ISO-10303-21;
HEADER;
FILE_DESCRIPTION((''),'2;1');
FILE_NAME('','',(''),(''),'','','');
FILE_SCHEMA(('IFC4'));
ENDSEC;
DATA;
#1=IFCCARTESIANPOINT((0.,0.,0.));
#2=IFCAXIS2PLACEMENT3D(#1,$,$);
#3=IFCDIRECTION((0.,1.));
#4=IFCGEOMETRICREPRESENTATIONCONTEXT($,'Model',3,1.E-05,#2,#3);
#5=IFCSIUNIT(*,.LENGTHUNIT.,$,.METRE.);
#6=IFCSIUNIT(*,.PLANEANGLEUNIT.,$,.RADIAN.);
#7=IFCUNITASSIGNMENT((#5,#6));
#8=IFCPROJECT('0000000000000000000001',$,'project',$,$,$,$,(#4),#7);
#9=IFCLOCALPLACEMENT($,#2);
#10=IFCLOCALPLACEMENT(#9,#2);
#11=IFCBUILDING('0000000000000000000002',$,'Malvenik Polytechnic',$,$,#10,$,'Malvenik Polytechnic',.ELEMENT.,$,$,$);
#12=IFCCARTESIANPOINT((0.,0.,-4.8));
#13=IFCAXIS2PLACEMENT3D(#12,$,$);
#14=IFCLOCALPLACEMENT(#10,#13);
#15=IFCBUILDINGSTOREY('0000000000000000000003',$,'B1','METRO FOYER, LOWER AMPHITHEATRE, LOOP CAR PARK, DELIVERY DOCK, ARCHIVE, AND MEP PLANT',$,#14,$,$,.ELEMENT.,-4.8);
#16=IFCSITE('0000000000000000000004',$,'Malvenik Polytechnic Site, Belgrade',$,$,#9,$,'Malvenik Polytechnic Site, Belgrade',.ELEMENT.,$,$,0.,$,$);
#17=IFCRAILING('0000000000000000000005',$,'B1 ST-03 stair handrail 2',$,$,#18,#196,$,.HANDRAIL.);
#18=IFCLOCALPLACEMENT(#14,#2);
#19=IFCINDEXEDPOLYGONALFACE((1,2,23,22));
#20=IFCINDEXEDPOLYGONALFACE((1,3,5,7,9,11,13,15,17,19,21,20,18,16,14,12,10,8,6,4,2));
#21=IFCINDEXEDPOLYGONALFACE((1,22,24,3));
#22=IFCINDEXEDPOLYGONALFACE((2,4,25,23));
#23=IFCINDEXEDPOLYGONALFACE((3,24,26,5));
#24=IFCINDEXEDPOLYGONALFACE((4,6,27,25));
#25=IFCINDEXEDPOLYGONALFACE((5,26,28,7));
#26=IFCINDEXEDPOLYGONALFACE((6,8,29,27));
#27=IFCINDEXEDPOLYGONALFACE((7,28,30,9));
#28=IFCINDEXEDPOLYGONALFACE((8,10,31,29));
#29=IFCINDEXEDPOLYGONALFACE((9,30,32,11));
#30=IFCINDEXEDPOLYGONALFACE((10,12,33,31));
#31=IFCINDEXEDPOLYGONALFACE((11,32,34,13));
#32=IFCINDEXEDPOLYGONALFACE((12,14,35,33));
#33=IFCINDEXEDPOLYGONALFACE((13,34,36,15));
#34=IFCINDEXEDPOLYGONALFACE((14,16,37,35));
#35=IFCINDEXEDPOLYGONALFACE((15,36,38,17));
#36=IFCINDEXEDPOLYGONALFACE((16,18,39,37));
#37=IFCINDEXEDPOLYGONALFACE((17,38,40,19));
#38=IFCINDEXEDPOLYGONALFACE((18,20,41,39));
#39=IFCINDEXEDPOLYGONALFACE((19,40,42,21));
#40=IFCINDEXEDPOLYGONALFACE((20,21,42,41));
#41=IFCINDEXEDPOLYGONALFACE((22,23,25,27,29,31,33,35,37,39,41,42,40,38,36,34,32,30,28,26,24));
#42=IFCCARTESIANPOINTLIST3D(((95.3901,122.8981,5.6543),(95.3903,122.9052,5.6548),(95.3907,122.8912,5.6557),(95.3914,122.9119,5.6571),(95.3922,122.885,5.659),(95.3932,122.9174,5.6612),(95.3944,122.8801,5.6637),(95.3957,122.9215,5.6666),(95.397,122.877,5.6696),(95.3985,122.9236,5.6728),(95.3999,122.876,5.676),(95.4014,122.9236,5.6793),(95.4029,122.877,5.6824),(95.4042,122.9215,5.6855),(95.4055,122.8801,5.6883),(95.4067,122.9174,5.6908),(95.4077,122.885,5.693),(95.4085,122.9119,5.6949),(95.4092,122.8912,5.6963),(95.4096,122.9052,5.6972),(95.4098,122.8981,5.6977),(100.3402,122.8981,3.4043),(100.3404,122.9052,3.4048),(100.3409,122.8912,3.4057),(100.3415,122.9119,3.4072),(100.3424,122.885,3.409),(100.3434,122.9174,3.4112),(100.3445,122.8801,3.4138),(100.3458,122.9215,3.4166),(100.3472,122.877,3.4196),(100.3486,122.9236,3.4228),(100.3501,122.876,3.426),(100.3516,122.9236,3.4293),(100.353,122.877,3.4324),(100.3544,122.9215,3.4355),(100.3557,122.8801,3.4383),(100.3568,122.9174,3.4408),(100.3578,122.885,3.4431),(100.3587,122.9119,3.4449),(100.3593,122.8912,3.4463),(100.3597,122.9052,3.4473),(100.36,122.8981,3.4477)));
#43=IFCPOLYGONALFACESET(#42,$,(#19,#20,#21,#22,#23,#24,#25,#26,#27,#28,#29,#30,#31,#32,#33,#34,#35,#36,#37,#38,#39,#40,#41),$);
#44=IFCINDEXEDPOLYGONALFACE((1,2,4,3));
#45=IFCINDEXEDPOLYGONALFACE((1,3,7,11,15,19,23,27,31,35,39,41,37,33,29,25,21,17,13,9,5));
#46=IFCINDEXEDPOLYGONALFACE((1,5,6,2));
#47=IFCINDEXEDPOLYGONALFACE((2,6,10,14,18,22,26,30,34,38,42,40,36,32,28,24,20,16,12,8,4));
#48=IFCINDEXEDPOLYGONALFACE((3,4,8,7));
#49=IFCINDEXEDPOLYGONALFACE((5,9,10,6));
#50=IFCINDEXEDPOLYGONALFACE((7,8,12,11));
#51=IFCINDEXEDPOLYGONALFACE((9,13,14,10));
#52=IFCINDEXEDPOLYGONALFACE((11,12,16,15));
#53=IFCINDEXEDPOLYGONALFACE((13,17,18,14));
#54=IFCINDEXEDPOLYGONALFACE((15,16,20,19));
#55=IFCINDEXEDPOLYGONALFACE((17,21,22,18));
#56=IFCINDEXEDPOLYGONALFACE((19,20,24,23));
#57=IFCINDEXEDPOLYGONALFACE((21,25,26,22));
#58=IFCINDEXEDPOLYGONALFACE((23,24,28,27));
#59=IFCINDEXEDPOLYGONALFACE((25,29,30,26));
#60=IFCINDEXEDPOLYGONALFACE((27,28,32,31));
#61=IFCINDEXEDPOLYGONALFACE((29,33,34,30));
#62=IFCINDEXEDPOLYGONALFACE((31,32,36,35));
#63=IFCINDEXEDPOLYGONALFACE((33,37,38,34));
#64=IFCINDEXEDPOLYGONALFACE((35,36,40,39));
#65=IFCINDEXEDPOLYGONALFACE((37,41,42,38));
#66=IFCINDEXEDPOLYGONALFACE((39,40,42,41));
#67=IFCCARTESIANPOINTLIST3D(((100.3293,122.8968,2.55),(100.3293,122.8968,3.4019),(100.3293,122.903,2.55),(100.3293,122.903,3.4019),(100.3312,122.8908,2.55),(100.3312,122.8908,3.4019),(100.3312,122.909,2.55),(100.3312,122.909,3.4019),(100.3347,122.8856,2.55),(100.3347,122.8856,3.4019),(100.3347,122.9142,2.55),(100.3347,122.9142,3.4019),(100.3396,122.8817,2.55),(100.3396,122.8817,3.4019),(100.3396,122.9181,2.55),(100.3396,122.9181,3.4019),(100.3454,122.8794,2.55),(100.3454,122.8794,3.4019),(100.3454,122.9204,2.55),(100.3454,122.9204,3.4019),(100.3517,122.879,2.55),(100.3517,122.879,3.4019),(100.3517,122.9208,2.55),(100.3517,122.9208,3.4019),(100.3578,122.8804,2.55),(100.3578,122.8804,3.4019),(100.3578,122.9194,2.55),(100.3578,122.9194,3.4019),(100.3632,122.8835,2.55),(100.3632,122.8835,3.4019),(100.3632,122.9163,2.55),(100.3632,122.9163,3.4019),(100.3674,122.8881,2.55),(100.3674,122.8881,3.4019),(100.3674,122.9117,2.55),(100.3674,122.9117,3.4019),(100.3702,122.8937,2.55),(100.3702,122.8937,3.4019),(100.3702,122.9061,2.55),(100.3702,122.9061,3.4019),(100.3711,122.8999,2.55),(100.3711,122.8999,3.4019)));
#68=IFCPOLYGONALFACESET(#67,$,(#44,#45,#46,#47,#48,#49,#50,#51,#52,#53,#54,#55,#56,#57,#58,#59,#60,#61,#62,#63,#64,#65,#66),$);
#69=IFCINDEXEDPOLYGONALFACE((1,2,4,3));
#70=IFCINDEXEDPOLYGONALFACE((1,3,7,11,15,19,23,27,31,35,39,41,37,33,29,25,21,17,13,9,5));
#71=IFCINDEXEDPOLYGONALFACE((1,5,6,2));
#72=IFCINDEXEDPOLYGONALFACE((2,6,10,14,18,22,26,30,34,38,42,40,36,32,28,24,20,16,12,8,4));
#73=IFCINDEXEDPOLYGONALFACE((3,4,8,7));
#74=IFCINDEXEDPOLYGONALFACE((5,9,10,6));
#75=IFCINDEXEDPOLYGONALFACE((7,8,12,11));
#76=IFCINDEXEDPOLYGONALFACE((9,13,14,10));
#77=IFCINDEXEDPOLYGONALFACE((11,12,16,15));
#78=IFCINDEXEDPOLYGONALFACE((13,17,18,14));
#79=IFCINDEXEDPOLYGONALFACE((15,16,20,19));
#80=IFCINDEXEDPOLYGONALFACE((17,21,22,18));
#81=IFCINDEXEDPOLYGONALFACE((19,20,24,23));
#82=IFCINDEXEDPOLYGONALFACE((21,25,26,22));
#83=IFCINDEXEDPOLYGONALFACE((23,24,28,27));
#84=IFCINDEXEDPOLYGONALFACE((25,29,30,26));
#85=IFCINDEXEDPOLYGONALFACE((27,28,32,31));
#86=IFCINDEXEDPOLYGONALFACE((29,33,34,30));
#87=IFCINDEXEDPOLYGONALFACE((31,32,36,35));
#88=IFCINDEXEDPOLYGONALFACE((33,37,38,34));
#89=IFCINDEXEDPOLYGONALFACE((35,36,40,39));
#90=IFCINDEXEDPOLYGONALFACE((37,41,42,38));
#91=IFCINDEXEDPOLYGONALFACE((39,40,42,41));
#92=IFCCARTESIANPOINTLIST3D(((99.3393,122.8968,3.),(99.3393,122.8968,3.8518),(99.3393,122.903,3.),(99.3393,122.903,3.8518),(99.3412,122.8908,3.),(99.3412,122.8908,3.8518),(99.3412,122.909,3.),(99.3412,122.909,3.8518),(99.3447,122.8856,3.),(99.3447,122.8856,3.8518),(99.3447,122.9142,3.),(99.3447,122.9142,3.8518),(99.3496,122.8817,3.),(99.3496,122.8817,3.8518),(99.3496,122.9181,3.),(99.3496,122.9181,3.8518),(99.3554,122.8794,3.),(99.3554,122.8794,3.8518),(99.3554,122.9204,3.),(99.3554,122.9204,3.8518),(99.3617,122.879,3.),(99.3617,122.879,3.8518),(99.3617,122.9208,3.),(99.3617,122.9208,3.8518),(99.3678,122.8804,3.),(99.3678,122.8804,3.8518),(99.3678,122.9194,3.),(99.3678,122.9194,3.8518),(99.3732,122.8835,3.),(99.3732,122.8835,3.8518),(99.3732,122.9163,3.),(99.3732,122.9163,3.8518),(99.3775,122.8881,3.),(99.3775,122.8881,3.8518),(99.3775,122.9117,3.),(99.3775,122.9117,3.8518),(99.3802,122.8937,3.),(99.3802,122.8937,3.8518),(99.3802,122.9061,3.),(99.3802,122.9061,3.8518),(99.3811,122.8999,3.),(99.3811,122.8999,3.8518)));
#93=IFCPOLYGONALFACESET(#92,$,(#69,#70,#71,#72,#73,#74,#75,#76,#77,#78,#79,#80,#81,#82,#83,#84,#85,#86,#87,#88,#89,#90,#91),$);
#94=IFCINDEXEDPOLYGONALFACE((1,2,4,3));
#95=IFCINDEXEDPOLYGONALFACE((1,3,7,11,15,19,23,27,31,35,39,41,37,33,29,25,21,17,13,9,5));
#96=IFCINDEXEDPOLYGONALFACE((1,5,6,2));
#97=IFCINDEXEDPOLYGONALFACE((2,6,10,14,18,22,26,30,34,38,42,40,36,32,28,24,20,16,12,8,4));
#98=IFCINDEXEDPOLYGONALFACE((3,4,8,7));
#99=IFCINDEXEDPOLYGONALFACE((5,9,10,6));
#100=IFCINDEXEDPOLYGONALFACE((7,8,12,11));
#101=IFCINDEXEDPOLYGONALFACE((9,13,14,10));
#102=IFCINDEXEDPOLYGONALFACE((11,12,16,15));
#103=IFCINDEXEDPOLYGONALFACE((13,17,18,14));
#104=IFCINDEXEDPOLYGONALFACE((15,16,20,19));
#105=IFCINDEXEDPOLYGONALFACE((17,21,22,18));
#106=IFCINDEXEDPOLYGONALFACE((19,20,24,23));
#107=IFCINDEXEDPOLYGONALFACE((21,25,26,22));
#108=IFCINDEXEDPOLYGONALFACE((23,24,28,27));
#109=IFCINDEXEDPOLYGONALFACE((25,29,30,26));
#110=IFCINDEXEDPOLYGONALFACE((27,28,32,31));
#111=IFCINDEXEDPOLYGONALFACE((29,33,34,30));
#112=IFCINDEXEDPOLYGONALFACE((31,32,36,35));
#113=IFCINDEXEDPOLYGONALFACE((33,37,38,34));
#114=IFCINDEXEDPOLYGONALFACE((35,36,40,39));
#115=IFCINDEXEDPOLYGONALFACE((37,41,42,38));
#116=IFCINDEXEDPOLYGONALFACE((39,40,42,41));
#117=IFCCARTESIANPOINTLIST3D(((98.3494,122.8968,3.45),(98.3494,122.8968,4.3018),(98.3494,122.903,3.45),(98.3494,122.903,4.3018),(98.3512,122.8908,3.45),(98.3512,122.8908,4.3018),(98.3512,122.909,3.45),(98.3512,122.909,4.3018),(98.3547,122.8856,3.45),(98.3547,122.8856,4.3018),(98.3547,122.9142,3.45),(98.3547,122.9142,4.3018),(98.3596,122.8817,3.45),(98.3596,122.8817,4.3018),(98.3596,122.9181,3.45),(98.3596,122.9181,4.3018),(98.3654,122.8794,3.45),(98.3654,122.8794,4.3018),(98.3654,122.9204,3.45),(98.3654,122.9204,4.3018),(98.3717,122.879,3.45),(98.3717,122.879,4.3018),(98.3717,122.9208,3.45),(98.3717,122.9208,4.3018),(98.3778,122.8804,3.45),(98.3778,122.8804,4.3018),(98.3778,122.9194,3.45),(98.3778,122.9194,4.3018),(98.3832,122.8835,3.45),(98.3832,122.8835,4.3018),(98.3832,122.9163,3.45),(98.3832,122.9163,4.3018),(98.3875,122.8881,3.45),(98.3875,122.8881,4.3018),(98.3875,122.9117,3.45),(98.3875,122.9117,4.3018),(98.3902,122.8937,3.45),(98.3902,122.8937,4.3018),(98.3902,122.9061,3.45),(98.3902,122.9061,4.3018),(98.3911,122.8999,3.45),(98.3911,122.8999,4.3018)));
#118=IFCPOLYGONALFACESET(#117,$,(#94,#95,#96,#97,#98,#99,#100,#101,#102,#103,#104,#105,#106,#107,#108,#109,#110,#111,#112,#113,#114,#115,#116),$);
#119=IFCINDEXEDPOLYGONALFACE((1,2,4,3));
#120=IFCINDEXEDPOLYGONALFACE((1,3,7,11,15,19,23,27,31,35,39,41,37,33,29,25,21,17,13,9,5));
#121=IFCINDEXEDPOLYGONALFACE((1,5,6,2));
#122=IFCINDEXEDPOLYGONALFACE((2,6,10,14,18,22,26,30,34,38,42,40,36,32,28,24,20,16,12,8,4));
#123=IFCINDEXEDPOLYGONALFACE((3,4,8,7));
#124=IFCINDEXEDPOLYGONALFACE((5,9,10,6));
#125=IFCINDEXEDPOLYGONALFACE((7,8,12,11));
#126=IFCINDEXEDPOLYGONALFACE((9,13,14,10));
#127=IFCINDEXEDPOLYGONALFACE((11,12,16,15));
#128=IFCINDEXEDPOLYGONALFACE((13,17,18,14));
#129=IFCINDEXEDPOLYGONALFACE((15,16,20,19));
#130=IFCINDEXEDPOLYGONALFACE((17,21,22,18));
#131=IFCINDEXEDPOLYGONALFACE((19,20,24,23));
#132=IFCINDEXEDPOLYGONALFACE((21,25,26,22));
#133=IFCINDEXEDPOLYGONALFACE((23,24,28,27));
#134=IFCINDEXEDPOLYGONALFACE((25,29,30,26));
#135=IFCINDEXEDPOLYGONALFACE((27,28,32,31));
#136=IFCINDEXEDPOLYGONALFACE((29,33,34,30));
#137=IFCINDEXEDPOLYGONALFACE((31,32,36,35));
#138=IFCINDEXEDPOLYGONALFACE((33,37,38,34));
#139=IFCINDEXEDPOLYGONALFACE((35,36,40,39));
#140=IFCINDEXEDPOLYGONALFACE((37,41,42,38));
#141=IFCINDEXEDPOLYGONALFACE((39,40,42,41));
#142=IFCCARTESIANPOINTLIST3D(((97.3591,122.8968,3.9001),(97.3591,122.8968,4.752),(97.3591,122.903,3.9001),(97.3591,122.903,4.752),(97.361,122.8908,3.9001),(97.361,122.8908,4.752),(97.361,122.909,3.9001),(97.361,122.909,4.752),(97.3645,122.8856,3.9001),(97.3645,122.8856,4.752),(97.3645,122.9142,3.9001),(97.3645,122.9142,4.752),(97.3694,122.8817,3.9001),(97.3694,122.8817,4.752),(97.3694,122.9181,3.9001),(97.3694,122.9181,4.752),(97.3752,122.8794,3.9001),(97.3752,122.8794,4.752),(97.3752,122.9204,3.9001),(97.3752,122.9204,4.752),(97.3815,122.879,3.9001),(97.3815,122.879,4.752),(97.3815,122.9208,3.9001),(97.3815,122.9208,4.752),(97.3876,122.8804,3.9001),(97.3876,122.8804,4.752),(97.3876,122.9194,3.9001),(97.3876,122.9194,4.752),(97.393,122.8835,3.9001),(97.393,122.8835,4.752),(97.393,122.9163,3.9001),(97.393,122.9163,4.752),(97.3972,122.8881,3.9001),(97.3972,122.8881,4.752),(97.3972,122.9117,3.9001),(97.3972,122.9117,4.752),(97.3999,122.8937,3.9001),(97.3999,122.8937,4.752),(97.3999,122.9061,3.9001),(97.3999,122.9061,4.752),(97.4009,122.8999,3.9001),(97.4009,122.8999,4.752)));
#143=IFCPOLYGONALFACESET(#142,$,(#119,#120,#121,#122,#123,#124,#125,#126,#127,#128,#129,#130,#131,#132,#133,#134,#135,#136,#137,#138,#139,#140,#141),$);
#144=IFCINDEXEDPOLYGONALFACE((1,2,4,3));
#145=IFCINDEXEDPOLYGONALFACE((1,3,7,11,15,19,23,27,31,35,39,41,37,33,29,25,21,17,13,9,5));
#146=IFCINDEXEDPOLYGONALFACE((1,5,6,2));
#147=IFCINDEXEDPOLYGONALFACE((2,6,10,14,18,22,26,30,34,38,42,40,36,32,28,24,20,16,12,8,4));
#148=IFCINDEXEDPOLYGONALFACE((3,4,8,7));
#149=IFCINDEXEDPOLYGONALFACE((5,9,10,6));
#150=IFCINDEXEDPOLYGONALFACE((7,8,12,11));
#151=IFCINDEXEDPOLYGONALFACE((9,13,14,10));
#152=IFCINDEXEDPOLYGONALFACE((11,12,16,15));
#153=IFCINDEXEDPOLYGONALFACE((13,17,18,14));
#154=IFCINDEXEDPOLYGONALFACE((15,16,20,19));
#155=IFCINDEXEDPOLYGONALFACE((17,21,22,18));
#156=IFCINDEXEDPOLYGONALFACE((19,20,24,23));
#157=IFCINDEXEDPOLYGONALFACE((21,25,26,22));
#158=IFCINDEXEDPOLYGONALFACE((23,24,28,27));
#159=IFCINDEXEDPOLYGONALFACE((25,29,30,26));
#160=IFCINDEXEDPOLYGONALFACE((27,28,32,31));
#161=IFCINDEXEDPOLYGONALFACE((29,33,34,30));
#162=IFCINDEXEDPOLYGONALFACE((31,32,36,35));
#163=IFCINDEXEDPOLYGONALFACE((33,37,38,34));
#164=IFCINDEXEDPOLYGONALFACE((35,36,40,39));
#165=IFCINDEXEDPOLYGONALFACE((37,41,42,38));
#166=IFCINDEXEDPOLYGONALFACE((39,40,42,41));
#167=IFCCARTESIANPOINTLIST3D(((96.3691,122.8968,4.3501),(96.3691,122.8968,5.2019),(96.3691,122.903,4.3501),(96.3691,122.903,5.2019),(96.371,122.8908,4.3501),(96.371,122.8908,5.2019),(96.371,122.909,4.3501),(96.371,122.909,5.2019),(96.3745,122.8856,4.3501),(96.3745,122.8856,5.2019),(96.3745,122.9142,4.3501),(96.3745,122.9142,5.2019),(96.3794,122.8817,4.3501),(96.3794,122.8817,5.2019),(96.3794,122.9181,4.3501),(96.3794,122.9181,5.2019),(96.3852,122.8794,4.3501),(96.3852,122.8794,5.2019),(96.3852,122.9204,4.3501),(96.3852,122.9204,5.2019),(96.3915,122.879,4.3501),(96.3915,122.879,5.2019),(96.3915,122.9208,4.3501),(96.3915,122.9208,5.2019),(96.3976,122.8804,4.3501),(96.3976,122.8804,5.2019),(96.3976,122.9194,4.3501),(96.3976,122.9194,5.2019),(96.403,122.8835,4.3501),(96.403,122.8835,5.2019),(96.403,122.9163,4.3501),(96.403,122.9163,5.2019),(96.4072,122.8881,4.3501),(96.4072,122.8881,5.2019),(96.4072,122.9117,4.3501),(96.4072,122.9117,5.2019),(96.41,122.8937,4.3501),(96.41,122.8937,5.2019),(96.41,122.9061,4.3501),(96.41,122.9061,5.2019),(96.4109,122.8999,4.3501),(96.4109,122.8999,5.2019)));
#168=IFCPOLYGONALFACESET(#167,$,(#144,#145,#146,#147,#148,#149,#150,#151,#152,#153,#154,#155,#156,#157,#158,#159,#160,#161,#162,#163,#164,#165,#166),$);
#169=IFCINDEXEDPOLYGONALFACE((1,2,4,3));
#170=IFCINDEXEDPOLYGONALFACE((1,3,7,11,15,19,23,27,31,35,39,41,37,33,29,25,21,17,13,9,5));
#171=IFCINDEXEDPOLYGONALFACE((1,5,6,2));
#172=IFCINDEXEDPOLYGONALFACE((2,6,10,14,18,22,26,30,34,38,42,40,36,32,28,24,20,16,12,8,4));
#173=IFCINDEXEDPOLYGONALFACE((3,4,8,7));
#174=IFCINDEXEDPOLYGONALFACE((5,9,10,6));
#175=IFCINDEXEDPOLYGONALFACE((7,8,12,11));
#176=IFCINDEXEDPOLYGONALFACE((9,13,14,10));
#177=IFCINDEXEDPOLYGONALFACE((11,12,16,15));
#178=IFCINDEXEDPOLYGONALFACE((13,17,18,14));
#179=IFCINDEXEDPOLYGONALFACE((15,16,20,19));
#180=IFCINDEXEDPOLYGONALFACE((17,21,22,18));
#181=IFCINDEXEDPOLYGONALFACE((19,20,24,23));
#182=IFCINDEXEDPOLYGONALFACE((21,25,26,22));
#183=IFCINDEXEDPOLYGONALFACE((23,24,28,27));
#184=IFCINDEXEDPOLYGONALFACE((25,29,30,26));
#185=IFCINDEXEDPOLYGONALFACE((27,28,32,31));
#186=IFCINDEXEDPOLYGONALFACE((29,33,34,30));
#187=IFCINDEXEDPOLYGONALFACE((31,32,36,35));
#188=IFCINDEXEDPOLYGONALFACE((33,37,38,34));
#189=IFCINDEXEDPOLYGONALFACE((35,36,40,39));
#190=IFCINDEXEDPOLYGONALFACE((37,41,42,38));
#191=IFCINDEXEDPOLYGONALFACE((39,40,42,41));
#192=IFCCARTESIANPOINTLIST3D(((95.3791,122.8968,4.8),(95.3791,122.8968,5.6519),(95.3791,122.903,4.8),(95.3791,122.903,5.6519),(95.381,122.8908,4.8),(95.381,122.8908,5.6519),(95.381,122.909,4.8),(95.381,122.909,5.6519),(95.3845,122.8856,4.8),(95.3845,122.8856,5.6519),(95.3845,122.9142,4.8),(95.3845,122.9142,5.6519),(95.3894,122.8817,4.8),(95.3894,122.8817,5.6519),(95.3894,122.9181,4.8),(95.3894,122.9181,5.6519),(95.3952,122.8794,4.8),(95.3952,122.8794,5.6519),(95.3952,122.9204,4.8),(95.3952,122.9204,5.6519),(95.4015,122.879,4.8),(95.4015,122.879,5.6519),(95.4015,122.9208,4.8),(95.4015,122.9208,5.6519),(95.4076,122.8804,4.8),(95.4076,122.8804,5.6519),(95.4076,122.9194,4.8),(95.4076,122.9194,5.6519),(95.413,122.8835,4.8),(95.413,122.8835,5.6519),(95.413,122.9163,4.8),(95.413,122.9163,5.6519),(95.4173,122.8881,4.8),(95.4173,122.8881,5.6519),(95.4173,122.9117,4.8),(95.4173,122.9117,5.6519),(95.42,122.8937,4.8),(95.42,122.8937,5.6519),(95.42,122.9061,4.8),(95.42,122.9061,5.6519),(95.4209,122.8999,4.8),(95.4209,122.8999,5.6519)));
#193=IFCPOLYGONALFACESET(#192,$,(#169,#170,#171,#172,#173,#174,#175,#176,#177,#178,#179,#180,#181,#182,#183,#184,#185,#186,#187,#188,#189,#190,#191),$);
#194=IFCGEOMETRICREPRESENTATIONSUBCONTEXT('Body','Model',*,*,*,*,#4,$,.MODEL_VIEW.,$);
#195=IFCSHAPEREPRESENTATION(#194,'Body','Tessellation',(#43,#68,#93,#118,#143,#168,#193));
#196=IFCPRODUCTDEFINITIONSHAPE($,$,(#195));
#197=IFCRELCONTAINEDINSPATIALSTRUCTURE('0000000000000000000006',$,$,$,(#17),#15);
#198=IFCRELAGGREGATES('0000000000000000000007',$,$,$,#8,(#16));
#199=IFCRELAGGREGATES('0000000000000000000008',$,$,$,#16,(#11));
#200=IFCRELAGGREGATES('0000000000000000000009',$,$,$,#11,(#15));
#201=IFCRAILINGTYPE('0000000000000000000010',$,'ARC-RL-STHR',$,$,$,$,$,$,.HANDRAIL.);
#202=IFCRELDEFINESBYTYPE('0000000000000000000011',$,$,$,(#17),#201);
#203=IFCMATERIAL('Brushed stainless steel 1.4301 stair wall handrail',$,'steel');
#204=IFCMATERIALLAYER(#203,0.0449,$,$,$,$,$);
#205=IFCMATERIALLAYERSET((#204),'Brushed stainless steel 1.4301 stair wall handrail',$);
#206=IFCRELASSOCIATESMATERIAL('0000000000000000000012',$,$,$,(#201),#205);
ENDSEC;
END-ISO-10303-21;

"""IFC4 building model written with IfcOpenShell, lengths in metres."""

from ifc_helpers import new_model, si_unit, direction, frame, origin, origin_2d, place, context, subcontext, project, spatial, circle, extrude, material, layer, layer_set, type_object, element, save


model = new_model("IFC4")

# Units and contexts
model_context = context("Model", 3, precision=1e-05, world=origin(), true_north=direction((0.0, 1.0)))
body_context = subcontext(model_context, "Body", "Model", "MODEL_VIEW")
ifc_project = project(units=[si_unit("LENGTHUNIT", "METRE"), si_unit("PLANEANGLEUNIT", "RADIAN")], contexts=[model_context])

# Site, building, storey
site_placement = place(None, origin())
site = spatial("IfcSite", under=ifc_project, at=site_placement, Name="Malvenik Polytechnic Site, Belgrade", LongName="Malvenik Polytechnic Site, Belgrade", CompositionType="ELEMENT", RefElevation=0.0)
building_placement = place(site_placement, origin())
building = spatial("IfcBuilding", under=site, at=building_placement, Name="Malvenik Polytechnic", LongName="Malvenik Polytechnic", CompositionType="ELEMENT")
storey_placement = place(building_placement, frame((0.0, 0.0, -4.8)))
storey = spatial("IfcBuildingStorey", under=building, at=storey_placement, Name="B1", Description="METRO FOYER, LOWER AMPHITHEATRE, LOOP CAR PARK, DELIVERY DOCK, ARCHIVE, AND MEP PLANT", CompositionType="ELEMENT", Elevation=-4.8)

# Railing
ifc_material_1 = material(Name="Brushed stainless steel 1.4301 stair wall handrail", Category="steel")
ifc_layer_1 = layer(ifc_material_1, 0.0449)
ifc_layer_set_1 = layer_set([ifc_layer_1], Name="Brushed stainless steel 1.4301 stair wall handrail")
railing_type_1 = type_object("IfcRailingType", Name="ARC-RL-STHR", PredefinedType="HANDRAIL", material=ifc_layer_set_1)
railing_1_placement = place(storey_placement, frame((100.3501, 122.8999, 2.55)))
element("IfcRailing", 1, at=railing_1_placement, inside=storey, type_object=railing_type_1, Name="B1 ST-03 stair handrail 2", PredefinedType="HANDRAIL", context=body_context, shape_type="SweptSolid", body=[
    extrude(circle(Radius=0.0239, at=origin_2d()), frame((0.0, 0.0, 0.876), z_axis=(-0.910373, 0.0, 0.413789), x_axis=(0.0, -1.0, 0.0)), (0.0, 0.0, 1.0), 5.4375),
    extrude(circle(Radius=0.021, at=origin_2d()), origin(), (0.0, 0.0, 1.0), 0.8518),
    extrude(circle(Radius=0.021, at=origin_2d()), frame((-0.99, 0.0, 0.45)), (0.0, 0.0, 1.0), 0.8518),
    extrude(circle(Radius=0.021, at=origin_2d()), frame((-1.98, 0.0, 0.8999)), (0.0, 0.0, 1.0), 0.8518),
    extrude(circle(Radius=0.021, at=origin_2d()), frame((-2.9702, 0.0, 1.3501)), (0.0, 0.0, 1.0), 0.8518),
    extrude(circle(Radius=0.021, at=origin_2d()), frame((-3.9602, 0.0, 1.8)), (0.0, 0.0, 1.0), 0.8518),
    extrude(circle(Radius=0.021, at=origin_2d()), frame((-4.9502, 0.0, 2.25)), (0.0, 0.0, 1.0), 0.8518),
])

save(model, "model.ifc")
